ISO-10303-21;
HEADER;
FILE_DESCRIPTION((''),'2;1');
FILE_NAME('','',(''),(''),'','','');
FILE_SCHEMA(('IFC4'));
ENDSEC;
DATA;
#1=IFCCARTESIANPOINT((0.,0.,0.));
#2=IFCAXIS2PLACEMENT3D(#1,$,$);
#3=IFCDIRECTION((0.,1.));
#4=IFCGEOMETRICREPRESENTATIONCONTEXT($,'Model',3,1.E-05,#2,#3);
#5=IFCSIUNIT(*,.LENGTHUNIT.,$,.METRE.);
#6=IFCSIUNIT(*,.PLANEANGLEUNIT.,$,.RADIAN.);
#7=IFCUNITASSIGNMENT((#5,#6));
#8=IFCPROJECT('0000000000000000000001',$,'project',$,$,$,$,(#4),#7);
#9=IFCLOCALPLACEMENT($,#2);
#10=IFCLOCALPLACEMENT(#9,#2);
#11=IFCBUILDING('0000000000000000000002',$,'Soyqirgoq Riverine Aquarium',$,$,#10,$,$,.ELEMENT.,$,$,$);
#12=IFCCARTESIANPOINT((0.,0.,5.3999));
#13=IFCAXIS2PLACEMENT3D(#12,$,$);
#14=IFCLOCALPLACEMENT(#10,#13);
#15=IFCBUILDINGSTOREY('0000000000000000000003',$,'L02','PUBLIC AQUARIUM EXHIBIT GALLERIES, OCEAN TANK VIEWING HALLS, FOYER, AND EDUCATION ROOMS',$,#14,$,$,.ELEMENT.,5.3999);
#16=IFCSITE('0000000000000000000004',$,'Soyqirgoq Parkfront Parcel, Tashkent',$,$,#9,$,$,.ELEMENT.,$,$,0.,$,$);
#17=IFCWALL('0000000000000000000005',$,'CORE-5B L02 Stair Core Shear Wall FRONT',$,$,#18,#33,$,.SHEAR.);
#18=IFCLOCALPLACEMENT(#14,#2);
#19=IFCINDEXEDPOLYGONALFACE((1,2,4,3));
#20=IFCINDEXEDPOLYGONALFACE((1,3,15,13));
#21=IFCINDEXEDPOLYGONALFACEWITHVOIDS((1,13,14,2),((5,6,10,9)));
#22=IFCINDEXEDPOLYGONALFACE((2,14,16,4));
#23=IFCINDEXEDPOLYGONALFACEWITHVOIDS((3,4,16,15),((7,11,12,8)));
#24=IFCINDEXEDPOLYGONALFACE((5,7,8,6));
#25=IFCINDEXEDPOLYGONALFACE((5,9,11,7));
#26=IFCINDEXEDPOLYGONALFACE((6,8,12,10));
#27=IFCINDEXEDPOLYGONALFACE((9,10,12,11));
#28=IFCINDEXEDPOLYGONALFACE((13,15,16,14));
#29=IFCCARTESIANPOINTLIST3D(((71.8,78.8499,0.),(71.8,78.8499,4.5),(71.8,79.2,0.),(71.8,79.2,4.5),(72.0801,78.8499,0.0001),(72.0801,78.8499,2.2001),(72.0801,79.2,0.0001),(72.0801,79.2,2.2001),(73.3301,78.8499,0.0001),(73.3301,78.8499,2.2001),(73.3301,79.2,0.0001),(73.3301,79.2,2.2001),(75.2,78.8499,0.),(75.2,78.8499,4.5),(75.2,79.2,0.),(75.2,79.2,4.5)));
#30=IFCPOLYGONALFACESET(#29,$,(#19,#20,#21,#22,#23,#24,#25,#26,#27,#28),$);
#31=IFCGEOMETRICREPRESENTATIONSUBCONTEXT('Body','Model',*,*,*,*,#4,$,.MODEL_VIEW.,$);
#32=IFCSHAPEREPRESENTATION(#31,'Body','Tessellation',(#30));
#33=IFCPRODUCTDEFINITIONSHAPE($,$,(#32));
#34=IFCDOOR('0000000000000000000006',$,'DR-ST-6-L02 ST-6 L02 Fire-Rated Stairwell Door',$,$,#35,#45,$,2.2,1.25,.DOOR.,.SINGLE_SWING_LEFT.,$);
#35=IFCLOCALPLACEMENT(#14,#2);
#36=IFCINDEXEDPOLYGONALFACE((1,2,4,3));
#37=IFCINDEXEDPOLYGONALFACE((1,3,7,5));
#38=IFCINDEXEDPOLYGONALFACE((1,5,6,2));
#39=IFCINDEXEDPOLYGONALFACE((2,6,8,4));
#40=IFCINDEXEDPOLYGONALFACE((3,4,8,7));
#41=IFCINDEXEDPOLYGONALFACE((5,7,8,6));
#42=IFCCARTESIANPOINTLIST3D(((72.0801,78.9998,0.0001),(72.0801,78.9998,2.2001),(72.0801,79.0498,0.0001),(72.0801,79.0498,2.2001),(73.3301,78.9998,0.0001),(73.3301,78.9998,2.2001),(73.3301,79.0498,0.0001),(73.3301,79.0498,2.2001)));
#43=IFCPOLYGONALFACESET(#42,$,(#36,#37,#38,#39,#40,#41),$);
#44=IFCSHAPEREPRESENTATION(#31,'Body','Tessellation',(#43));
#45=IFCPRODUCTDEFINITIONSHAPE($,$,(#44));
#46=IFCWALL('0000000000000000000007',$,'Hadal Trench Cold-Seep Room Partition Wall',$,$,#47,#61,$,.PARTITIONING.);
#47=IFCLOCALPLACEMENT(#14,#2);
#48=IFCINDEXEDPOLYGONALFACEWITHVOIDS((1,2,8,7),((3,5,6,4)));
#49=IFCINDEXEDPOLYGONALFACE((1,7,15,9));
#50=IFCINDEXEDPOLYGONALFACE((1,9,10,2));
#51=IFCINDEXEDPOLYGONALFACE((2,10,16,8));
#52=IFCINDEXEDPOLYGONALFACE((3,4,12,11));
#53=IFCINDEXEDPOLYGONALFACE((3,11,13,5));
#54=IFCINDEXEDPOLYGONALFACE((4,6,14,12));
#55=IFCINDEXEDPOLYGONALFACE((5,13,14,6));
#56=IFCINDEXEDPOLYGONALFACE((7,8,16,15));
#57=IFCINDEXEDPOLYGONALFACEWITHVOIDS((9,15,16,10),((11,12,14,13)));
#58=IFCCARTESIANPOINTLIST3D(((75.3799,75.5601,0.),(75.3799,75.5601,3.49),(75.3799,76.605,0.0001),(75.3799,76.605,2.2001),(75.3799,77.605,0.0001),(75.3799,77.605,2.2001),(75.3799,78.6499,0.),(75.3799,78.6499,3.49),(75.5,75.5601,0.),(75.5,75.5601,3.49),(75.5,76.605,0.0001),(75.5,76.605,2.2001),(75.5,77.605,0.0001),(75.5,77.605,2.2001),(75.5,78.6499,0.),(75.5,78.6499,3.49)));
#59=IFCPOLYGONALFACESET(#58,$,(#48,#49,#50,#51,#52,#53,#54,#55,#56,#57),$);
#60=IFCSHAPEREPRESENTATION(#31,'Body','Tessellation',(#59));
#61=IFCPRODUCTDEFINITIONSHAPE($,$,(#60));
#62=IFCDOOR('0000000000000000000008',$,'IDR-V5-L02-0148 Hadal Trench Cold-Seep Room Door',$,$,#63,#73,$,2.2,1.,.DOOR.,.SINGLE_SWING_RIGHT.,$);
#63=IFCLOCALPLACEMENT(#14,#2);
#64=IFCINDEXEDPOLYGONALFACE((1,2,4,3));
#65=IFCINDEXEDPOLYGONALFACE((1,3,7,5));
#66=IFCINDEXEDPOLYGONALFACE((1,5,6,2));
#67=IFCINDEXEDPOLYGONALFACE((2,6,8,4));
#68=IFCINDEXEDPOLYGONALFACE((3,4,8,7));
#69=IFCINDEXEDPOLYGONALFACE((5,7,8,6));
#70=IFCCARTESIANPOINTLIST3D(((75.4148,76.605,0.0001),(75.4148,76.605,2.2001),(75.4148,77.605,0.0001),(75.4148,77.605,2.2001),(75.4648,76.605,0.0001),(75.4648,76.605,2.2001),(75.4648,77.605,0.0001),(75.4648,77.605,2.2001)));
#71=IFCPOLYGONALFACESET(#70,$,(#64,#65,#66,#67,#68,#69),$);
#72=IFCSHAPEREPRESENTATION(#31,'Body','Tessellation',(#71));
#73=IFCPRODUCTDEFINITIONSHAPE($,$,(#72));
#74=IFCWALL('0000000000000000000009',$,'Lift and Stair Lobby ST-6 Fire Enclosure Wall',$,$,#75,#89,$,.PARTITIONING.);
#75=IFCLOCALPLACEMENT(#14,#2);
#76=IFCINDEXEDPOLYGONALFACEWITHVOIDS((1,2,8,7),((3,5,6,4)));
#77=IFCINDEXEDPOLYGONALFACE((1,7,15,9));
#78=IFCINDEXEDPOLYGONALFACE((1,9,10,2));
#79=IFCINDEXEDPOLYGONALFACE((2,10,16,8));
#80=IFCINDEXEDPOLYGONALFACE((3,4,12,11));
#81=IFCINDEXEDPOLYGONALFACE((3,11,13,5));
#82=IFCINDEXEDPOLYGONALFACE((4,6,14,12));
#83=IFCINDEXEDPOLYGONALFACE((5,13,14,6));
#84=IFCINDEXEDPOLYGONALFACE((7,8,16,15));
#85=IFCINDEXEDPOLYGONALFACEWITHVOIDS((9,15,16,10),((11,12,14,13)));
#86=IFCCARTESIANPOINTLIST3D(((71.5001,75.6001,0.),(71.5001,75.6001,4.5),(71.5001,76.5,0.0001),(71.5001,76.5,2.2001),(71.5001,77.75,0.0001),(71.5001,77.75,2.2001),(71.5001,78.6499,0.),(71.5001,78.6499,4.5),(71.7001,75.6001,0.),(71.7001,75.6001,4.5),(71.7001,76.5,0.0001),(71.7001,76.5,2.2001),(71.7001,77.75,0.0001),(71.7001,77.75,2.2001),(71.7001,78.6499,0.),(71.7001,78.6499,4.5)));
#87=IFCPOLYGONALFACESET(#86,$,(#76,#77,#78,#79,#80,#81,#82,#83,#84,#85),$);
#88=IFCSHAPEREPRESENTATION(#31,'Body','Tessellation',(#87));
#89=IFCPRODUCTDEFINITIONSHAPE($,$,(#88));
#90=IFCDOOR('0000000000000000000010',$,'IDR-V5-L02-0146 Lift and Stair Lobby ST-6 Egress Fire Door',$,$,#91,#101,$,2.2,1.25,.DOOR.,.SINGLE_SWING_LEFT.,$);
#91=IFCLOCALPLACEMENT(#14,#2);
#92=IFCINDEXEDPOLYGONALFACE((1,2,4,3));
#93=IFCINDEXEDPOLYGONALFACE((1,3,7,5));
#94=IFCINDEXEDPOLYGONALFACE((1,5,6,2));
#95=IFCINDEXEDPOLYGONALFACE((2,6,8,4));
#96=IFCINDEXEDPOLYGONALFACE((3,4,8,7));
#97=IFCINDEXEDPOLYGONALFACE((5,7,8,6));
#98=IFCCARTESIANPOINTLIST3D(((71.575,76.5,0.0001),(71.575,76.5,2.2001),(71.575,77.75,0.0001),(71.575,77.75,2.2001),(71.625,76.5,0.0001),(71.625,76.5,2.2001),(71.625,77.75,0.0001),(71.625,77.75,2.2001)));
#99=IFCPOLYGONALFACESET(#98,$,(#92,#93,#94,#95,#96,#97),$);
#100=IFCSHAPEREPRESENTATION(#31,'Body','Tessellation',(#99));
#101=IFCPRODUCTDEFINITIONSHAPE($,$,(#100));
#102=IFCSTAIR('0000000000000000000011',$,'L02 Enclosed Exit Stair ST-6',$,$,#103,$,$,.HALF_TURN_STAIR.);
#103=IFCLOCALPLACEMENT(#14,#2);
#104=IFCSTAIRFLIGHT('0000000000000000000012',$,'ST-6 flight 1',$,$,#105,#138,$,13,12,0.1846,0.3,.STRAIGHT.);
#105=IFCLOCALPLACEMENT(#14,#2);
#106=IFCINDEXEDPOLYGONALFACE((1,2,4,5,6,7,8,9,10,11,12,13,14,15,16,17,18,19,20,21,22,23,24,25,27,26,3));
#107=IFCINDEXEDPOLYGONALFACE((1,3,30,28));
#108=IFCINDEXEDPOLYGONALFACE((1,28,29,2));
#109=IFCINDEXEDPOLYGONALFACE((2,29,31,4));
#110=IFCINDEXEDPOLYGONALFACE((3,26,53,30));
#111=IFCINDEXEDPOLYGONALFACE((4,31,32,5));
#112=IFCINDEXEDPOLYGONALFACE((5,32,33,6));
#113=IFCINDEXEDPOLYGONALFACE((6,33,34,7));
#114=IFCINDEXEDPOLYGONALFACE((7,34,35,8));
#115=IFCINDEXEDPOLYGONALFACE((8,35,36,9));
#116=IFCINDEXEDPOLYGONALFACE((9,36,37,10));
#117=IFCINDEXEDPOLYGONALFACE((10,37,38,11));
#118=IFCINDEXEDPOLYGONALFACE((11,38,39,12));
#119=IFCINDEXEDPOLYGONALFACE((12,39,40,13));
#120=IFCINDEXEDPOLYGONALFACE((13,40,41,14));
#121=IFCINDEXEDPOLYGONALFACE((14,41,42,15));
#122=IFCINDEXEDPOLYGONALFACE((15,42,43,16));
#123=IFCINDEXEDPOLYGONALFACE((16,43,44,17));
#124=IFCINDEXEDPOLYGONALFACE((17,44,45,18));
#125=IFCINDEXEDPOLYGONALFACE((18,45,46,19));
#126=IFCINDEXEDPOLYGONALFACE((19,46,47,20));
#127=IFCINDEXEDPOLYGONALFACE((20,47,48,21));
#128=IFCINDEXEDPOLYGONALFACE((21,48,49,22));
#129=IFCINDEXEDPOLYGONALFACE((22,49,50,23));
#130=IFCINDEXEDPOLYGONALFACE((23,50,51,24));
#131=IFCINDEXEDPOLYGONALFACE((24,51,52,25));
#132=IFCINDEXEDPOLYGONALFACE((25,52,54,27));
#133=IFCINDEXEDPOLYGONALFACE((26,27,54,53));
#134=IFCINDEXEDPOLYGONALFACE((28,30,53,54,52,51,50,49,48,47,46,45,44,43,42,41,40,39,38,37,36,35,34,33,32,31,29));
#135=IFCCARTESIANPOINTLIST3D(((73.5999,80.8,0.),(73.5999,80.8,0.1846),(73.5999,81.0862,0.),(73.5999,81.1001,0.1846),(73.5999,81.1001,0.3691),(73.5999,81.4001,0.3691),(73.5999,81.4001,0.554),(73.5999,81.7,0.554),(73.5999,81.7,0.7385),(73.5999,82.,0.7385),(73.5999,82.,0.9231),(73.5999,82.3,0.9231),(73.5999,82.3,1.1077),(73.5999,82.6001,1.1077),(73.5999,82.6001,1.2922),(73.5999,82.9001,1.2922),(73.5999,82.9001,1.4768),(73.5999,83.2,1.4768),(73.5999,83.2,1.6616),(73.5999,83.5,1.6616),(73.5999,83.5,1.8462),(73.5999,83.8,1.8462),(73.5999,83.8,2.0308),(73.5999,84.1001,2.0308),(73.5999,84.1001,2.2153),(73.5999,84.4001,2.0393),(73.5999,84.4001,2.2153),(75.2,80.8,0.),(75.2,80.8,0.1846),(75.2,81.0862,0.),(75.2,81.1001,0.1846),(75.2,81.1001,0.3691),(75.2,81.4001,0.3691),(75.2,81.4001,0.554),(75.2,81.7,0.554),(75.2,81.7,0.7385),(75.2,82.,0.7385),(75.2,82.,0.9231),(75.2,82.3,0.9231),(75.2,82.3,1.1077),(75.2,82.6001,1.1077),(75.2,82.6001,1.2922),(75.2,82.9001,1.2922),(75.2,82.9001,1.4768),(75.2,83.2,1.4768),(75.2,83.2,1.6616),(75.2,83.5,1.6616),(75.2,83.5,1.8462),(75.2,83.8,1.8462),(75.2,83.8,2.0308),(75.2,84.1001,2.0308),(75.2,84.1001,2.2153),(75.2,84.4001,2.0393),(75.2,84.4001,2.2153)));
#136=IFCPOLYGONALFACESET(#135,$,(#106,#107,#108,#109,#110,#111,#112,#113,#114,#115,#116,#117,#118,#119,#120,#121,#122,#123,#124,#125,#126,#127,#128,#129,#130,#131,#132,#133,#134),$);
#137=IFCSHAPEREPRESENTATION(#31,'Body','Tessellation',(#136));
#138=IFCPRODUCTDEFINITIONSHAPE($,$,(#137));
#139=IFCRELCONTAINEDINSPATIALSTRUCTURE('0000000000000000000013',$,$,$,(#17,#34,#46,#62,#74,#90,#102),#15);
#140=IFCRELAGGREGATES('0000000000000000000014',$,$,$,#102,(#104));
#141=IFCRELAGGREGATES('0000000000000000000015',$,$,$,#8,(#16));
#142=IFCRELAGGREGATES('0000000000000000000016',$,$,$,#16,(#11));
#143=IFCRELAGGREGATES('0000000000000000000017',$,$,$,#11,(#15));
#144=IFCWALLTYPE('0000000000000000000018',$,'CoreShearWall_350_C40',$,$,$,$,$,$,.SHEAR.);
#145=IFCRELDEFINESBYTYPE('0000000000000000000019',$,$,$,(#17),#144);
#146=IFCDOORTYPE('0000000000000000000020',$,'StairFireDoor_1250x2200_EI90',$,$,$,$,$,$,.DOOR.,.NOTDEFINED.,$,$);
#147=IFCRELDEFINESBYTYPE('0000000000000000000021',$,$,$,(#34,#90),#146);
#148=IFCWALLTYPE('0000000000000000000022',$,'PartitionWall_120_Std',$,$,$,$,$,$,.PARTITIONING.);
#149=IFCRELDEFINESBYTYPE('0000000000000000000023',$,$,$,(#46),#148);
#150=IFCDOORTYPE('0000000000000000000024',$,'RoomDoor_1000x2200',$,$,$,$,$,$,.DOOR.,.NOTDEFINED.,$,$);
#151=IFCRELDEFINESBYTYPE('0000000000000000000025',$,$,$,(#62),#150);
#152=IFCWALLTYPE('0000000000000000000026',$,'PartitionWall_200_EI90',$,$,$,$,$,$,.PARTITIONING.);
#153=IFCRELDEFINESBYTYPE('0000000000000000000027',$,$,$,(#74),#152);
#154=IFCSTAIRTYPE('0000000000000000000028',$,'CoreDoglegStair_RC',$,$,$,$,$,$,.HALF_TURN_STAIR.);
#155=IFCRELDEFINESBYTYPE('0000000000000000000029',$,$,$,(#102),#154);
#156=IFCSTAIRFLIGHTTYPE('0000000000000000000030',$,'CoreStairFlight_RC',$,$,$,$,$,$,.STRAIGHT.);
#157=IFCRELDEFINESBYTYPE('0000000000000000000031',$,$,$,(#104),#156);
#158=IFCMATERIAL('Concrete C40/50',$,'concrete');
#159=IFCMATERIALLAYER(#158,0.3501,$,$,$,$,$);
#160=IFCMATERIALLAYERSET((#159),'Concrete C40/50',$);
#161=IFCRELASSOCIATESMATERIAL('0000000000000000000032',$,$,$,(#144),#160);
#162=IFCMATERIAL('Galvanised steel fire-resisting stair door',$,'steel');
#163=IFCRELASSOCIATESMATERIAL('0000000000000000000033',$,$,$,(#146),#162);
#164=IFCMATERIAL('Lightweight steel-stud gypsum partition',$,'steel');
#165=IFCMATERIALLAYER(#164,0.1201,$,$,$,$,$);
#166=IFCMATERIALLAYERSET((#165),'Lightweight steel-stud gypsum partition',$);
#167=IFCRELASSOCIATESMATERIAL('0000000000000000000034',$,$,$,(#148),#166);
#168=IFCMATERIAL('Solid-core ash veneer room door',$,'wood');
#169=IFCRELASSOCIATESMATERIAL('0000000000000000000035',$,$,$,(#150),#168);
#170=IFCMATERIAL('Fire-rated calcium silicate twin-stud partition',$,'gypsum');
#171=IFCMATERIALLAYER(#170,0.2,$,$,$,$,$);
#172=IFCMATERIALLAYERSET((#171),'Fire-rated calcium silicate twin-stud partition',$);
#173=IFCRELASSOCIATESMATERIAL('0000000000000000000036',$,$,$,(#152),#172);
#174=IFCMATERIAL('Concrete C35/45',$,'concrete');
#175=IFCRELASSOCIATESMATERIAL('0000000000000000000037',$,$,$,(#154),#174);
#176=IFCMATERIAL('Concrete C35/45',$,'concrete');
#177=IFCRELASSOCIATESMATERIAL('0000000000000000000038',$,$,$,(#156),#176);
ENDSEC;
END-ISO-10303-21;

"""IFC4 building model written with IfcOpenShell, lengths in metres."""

from ifc_helpers import new_model, si_unit, direction, frame, frame_2d, origin, place, context, subcontext, project, spatial, polyline, rectangle, outline, extrude, material, layer, layer_set, type_object, element, fill, aggregate, save


model = new_model("IFC4")

# Units and contexts
model_context = context("Model", 3, precision=1e-05, world=origin(), true_north=direction((0.0, 1.0)))
body_context = subcontext(model_context, "Body", "Model", "MODEL_VIEW")
ifc_project = project(units=[si_unit("LENGTHUNIT", "METRE"), si_unit("PLANEANGLEUNIT", "RADIAN")], contexts=[model_context])

# Site, building, storey
site_placement = place(None, origin())
site = spatial("IfcSite", under=ifc_project, at=site_placement, Name="Soyqirgoq Parkfront Parcel, Tashkent", CompositionType="ELEMENT", RefElevation=0.0)
building_placement = place(site_placement, origin())
building = spatial("IfcBuilding", under=site, at=building_placement, Name="Soyqirgoq Riverine Aquarium", CompositionType="ELEMENT")
storey_placement = place(building_placement, frame((0.0, 0.0, 5.3999)))
storey = spatial("IfcBuildingStorey", under=building, at=storey_placement, Name="L02", Description="PUBLIC AQUARIUM EXHIBIT GALLERIES, OCEAN TANK VIEWING HALLS, FOYER, AND EDUCATION ROOMS", CompositionType="ELEMENT", Elevation=5.3999)

# Shared definitions
ifc_material_1 = material(Name="Concrete C40/50", Category="concrete")
ifc_layer_1 = layer(ifc_material_1, 0.3501)
ifc_layer_set_1 = layer_set([ifc_layer_1], Name="Concrete C40/50")
wall_type_1 = type_object("IfcWallType", Name="CoreShearWall_350_C40", PredefinedType="SHEAR", material=ifc_layer_set_1)

# Walls, openings, doors
wall_1_placement = place(storey_placement, frame((71.8, 79.0249, 0.0), z_axis=(0.0, 0.0, 1.0), x_axis=(1.0, 0.0, 0.0)))
wall_1 = element("IfcWall", 1, at=wall_1_placement, inside=storey, type_object=wall_type_1, Name="CORE-5B L02 Stair Core Shear Wall FRONT", PredefinedType="SHEAR", context=body_context, shape_type="SweptSolid", body=[
    extrude(rectangle(XDim=3.3999, YDim=0.3501, at=frame_2d((1.7, 0.0))), origin(), (0.0, 0.0, 1.0), 4.5),
])
opening_1_placement = place(wall_1_placement, frame((0.28, 0.0, 0.0)))
opening_1 = element("IfcOpeningElement", 2, at=opening_1_placement, cuts=wall_1, PredefinedType="OPENING", context=body_context, shape_type="SweptSolid", body=[
    extrude(rectangle(XDim=1.25, YDim=2.2, at=frame_2d((0.625, 1.1001))), frame((0.0, 0.1851, 0.0), z_axis=(0.0, -1.0, 0.0), x_axis=(1.0, 0.0, 0.0)), (0.0, 0.0, 1.0), 0.3701),
])
ifc_material_2 = material(Name="Galvanised steel fire-resisting stair door", Category="steel")
door_type_1 = type_object("IfcDoorType", Name="StairFireDoor_1250x2200_EI90", OperationType="NOTDEFINED", PredefinedType="DOOR", material=ifc_material_2)
door_1_placement = place(opening_1_placement, origin())
door_1 = element("IfcDoor", 3, at=door_1_placement, inside=storey, type_object=door_type_1, Name="DR-ST-6-L02 ST-6 L02 Fire-Rated Stairwell Door", OperationType="SINGLE_SWING_LEFT", OverallHeight=2.2, OverallWidth=1.25, PredefinedType="DOOR", context=body_context, shape_type="SweptSolid", body=[
    extrude(rectangle(XDim=1.25, YDim=2.2, at=frame_2d((0.625, 1.1001))), frame((0.0, 0.0249, 0.0), z_axis=(0.0, -1.0, 0.0), x_axis=(1.0, 0.0, 0.0)), (0.0, 0.0, 1.0), 0.05),
])
fill(opening_1, door_1)
ifc_material_3 = material(Name="Lightweight steel-stud gypsum partition", Category="steel")
ifc_layer_2 = layer(ifc_material_3, 0.1201)
ifc_layer_set_2 = layer_set([ifc_layer_2], Name="Lightweight steel-stud gypsum partition")
wall_type_2 = type_object("IfcWallType", Name="PartitionWall_120_Std", PredefinedType="PARTITIONING", material=ifc_layer_set_2)
wall_2_placement = place(storey_placement, frame((75.4399, 78.6499, 0.0), z_axis=(0.0, 0.0, 1.0), x_axis=(0.0, -1.0, 0.0)))
wall_2 = element("IfcWall", 4, at=wall_2_placement, inside=storey, type_object=wall_type_2, Name="Hadal Trench Cold-Seep Room Partition Wall", PredefinedType="PARTITIONING", context=body_context, shape_type="SweptSolid", body=[
    extrude(rectangle(XDim=3.0898, YDim=0.1201, at=frame_2d((1.5449, 0.0))), origin(), (0.0, 0.0, 1.0), 3.49),
])
opening_2_placement = place(wall_2_placement, frame((1.0449, 0.0, 0.0)))
opening_2 = element("IfcOpeningElement", 5, at=opening_2_placement, cuts=wall_2, PredefinedType="OPENING", context=body_context, shape_type="SweptSolid", body=[
    extrude(rectangle(XDim=1.0, YDim=2.2, at=frame_2d((0.5, 1.1001))), frame((0.0, 0.0701, 0.0), z_axis=(0.0, -1.0, 0.0), x_axis=(1.0, 0.0, 0.0)), (0.0, 0.0, 1.0), 0.1401),
])
ifc_material_4 = material(Name="Solid-core ash veneer room door", Category="wood")
door_type_2 = type_object("IfcDoorType", Name="RoomDoor_1000x2200", OperationType="NOTDEFINED", PredefinedType="DOOR", material=ifc_material_4)
door_2_placement = place(opening_2_placement, origin())
door_2 = element("IfcDoor", 6, at=door_2_placement, inside=storey, type_object=door_type_2, Name="IDR-V5-L02-0148 Hadal Trench Cold-Seep Room Door", OperationType="SINGLE_SWING_RIGHT", OverallHeight=2.2, OverallWidth=1.0, PredefinedType="DOOR", context=body_context, shape_type="SweptSolid", body=[
    extrude(rectangle(XDim=1.0, YDim=2.2, at=frame_2d((0.5, 1.1001))), frame((0.0, 0.0249, 0.0), z_axis=(0.0, -1.0, 0.0), x_axis=(1.0, 0.0, 0.0)), (0.0, 0.0, 1.0), 0.05),
])
fill(opening_2, door_2)
ifc_material_5 = material(Name="Fire-rated calcium silicate twin-stud partition", Category="gypsum")
ifc_layer_3 = layer(ifc_material_5, 0.2)
ifc_layer_set_3 = layer_set([ifc_layer_3], Name="Fire-rated calcium silicate twin-stud partition")
wall_type_3 = type_object("IfcWallType", Name="PartitionWall_200_EI90", PredefinedType="PARTITIONING", material=ifc_layer_set_3)
wall_3_placement = place(storey_placement, frame((71.6001, 78.6499, 0.0), z_axis=(0.0, 0.0, 1.0), x_axis=(0.0, -1.0, 0.0)))
wall_3 = element("IfcWall", 7, at=wall_3_placement, inside=storey, type_object=wall_type_3, Name="Lift and Stair Lobby ST-6 Fire Enclosure Wall", PredefinedType="PARTITIONING", context=body_context, shape_type="SweptSolid", body=[
    extrude(rectangle(XDim=3.0498, YDim=0.2, at=frame_2d((1.5249, 0.0))), origin(), (0.0, 0.0, 1.0), 4.5),
])
opening_3_placement = place(wall_3_placement, frame((0.8999, 0.0, 0.0)))
opening_3 = element("IfcOpeningElement", 8, at=opening_3_placement, cuts=wall_3, PredefinedType="OPENING", context=body_context, shape_type="SweptSolid", body=[
    extrude(rectangle(XDim=1.25, YDim=2.2, at=frame_2d((0.625, 1.1001))), frame((0.0, 0.1099, 0.0), z_axis=(0.0, -1.0, 0.0), x_axis=(1.0, 0.0, 0.0)), (0.0, 0.0, 1.0), 0.22),
])
door_3_placement = place(opening_3_placement, origin())
door_3 = element("IfcDoor", 9, at=door_3_placement, inside=storey, type_object=door_type_1, Name="IDR-V5-L02-0146 Lift and Stair Lobby ST-6 Egress Fire Door", OperationType="SINGLE_SWING_LEFT", OverallHeight=2.2, OverallWidth=1.25, PredefinedType="DOOR", context=body_context, shape_type="SweptSolid", body=[
    extrude(rectangle(XDim=1.25, YDim=2.2, at=frame_2d((0.625, 1.1001))), frame((0.0, 0.0249, 0.0), z_axis=(0.0, -1.0, 0.0), x_axis=(1.0, 0.0, 0.0)), (0.0, 0.0, 1.0), 0.05),
])
fill(opening_3, door_3)

# Stair, stair flight
ifc_material_6 = material(Name="Concrete C35/45", Category="concrete")
stair_type = type_object("IfcStairType", Name="CoreDoglegStair_RC", PredefinedType="HALF_TURN_STAIR", material=ifc_material_6)
stair_placement = place(storey_placement, origin())
stair = element("IfcStair", 10, at=stair_placement, inside=storey, type_object=stair_type, Name="L02 Enclosed Exit Stair ST-6", PredefinedType="HALF_TURN_STAIR")
ifc_material_7 = material(Name="Concrete C35/45", Category="concrete")
stair_flight_type = type_object("IfcStairFlightType", Name="CoreStairFlight_RC", PredefinedType="STRAIGHT", material=ifc_material_7)
stair_flight_1_placement = place(storey_placement, frame((74.3999, 80.8, 0.0), z_axis=(0.0, 0.0, 1.0), x_axis=(0.0, 1.0, 0.0)))
stair_flight_1 = element("IfcStairFlight", 11, at=stair_flight_1_placement, type_object=stair_flight_type, Name="ST-6 flight 1", NumberOfRisers=13, NumberOfTreads=12, PredefinedType="STRAIGHT", RiserHeight=0.1846, TreadLength=0.3, context=body_context, shape_type="SweptSolid", body=[
    extrude(outline(polyline([(0.0, 0.0), (0.0, 0.1846), (0.3, 0.1846), (0.3, 0.3691), (0.6001, 0.3691), (0.6001, 0.554), (0.8999, 0.554), (0.8999, 0.7385), (1.2, 0.7385), (1.2, 0.9231), (1.5, 0.9231), (1.5, 1.1077), (1.8, 1.1077), (1.8, 1.2922), (2.1001, 1.2922), (2.1001, 1.4768), (2.3999, 1.4768), (2.3999, 1.6616), (2.7, 1.6616), (2.7, 1.8462), (3.0, 1.8462), (3.0, 2.0308), (3.3, 2.0308), (3.3, 2.2153), (3.6001, 2.2153), (3.6001, 2.3999), (3.6001, 2.0393), (0.2861, 0.0), (0.0, 0.0)])), frame((0.0, 0.8, 0.0), z_axis=(0.0, -1.0, 0.0), x_axis=(1.0, 0.0, 0.0)), (0.0, 0.0, 1.0), 1.6001),
])
aggregate(stair, [stair_flight_1])

save(model, "model.ifc")
